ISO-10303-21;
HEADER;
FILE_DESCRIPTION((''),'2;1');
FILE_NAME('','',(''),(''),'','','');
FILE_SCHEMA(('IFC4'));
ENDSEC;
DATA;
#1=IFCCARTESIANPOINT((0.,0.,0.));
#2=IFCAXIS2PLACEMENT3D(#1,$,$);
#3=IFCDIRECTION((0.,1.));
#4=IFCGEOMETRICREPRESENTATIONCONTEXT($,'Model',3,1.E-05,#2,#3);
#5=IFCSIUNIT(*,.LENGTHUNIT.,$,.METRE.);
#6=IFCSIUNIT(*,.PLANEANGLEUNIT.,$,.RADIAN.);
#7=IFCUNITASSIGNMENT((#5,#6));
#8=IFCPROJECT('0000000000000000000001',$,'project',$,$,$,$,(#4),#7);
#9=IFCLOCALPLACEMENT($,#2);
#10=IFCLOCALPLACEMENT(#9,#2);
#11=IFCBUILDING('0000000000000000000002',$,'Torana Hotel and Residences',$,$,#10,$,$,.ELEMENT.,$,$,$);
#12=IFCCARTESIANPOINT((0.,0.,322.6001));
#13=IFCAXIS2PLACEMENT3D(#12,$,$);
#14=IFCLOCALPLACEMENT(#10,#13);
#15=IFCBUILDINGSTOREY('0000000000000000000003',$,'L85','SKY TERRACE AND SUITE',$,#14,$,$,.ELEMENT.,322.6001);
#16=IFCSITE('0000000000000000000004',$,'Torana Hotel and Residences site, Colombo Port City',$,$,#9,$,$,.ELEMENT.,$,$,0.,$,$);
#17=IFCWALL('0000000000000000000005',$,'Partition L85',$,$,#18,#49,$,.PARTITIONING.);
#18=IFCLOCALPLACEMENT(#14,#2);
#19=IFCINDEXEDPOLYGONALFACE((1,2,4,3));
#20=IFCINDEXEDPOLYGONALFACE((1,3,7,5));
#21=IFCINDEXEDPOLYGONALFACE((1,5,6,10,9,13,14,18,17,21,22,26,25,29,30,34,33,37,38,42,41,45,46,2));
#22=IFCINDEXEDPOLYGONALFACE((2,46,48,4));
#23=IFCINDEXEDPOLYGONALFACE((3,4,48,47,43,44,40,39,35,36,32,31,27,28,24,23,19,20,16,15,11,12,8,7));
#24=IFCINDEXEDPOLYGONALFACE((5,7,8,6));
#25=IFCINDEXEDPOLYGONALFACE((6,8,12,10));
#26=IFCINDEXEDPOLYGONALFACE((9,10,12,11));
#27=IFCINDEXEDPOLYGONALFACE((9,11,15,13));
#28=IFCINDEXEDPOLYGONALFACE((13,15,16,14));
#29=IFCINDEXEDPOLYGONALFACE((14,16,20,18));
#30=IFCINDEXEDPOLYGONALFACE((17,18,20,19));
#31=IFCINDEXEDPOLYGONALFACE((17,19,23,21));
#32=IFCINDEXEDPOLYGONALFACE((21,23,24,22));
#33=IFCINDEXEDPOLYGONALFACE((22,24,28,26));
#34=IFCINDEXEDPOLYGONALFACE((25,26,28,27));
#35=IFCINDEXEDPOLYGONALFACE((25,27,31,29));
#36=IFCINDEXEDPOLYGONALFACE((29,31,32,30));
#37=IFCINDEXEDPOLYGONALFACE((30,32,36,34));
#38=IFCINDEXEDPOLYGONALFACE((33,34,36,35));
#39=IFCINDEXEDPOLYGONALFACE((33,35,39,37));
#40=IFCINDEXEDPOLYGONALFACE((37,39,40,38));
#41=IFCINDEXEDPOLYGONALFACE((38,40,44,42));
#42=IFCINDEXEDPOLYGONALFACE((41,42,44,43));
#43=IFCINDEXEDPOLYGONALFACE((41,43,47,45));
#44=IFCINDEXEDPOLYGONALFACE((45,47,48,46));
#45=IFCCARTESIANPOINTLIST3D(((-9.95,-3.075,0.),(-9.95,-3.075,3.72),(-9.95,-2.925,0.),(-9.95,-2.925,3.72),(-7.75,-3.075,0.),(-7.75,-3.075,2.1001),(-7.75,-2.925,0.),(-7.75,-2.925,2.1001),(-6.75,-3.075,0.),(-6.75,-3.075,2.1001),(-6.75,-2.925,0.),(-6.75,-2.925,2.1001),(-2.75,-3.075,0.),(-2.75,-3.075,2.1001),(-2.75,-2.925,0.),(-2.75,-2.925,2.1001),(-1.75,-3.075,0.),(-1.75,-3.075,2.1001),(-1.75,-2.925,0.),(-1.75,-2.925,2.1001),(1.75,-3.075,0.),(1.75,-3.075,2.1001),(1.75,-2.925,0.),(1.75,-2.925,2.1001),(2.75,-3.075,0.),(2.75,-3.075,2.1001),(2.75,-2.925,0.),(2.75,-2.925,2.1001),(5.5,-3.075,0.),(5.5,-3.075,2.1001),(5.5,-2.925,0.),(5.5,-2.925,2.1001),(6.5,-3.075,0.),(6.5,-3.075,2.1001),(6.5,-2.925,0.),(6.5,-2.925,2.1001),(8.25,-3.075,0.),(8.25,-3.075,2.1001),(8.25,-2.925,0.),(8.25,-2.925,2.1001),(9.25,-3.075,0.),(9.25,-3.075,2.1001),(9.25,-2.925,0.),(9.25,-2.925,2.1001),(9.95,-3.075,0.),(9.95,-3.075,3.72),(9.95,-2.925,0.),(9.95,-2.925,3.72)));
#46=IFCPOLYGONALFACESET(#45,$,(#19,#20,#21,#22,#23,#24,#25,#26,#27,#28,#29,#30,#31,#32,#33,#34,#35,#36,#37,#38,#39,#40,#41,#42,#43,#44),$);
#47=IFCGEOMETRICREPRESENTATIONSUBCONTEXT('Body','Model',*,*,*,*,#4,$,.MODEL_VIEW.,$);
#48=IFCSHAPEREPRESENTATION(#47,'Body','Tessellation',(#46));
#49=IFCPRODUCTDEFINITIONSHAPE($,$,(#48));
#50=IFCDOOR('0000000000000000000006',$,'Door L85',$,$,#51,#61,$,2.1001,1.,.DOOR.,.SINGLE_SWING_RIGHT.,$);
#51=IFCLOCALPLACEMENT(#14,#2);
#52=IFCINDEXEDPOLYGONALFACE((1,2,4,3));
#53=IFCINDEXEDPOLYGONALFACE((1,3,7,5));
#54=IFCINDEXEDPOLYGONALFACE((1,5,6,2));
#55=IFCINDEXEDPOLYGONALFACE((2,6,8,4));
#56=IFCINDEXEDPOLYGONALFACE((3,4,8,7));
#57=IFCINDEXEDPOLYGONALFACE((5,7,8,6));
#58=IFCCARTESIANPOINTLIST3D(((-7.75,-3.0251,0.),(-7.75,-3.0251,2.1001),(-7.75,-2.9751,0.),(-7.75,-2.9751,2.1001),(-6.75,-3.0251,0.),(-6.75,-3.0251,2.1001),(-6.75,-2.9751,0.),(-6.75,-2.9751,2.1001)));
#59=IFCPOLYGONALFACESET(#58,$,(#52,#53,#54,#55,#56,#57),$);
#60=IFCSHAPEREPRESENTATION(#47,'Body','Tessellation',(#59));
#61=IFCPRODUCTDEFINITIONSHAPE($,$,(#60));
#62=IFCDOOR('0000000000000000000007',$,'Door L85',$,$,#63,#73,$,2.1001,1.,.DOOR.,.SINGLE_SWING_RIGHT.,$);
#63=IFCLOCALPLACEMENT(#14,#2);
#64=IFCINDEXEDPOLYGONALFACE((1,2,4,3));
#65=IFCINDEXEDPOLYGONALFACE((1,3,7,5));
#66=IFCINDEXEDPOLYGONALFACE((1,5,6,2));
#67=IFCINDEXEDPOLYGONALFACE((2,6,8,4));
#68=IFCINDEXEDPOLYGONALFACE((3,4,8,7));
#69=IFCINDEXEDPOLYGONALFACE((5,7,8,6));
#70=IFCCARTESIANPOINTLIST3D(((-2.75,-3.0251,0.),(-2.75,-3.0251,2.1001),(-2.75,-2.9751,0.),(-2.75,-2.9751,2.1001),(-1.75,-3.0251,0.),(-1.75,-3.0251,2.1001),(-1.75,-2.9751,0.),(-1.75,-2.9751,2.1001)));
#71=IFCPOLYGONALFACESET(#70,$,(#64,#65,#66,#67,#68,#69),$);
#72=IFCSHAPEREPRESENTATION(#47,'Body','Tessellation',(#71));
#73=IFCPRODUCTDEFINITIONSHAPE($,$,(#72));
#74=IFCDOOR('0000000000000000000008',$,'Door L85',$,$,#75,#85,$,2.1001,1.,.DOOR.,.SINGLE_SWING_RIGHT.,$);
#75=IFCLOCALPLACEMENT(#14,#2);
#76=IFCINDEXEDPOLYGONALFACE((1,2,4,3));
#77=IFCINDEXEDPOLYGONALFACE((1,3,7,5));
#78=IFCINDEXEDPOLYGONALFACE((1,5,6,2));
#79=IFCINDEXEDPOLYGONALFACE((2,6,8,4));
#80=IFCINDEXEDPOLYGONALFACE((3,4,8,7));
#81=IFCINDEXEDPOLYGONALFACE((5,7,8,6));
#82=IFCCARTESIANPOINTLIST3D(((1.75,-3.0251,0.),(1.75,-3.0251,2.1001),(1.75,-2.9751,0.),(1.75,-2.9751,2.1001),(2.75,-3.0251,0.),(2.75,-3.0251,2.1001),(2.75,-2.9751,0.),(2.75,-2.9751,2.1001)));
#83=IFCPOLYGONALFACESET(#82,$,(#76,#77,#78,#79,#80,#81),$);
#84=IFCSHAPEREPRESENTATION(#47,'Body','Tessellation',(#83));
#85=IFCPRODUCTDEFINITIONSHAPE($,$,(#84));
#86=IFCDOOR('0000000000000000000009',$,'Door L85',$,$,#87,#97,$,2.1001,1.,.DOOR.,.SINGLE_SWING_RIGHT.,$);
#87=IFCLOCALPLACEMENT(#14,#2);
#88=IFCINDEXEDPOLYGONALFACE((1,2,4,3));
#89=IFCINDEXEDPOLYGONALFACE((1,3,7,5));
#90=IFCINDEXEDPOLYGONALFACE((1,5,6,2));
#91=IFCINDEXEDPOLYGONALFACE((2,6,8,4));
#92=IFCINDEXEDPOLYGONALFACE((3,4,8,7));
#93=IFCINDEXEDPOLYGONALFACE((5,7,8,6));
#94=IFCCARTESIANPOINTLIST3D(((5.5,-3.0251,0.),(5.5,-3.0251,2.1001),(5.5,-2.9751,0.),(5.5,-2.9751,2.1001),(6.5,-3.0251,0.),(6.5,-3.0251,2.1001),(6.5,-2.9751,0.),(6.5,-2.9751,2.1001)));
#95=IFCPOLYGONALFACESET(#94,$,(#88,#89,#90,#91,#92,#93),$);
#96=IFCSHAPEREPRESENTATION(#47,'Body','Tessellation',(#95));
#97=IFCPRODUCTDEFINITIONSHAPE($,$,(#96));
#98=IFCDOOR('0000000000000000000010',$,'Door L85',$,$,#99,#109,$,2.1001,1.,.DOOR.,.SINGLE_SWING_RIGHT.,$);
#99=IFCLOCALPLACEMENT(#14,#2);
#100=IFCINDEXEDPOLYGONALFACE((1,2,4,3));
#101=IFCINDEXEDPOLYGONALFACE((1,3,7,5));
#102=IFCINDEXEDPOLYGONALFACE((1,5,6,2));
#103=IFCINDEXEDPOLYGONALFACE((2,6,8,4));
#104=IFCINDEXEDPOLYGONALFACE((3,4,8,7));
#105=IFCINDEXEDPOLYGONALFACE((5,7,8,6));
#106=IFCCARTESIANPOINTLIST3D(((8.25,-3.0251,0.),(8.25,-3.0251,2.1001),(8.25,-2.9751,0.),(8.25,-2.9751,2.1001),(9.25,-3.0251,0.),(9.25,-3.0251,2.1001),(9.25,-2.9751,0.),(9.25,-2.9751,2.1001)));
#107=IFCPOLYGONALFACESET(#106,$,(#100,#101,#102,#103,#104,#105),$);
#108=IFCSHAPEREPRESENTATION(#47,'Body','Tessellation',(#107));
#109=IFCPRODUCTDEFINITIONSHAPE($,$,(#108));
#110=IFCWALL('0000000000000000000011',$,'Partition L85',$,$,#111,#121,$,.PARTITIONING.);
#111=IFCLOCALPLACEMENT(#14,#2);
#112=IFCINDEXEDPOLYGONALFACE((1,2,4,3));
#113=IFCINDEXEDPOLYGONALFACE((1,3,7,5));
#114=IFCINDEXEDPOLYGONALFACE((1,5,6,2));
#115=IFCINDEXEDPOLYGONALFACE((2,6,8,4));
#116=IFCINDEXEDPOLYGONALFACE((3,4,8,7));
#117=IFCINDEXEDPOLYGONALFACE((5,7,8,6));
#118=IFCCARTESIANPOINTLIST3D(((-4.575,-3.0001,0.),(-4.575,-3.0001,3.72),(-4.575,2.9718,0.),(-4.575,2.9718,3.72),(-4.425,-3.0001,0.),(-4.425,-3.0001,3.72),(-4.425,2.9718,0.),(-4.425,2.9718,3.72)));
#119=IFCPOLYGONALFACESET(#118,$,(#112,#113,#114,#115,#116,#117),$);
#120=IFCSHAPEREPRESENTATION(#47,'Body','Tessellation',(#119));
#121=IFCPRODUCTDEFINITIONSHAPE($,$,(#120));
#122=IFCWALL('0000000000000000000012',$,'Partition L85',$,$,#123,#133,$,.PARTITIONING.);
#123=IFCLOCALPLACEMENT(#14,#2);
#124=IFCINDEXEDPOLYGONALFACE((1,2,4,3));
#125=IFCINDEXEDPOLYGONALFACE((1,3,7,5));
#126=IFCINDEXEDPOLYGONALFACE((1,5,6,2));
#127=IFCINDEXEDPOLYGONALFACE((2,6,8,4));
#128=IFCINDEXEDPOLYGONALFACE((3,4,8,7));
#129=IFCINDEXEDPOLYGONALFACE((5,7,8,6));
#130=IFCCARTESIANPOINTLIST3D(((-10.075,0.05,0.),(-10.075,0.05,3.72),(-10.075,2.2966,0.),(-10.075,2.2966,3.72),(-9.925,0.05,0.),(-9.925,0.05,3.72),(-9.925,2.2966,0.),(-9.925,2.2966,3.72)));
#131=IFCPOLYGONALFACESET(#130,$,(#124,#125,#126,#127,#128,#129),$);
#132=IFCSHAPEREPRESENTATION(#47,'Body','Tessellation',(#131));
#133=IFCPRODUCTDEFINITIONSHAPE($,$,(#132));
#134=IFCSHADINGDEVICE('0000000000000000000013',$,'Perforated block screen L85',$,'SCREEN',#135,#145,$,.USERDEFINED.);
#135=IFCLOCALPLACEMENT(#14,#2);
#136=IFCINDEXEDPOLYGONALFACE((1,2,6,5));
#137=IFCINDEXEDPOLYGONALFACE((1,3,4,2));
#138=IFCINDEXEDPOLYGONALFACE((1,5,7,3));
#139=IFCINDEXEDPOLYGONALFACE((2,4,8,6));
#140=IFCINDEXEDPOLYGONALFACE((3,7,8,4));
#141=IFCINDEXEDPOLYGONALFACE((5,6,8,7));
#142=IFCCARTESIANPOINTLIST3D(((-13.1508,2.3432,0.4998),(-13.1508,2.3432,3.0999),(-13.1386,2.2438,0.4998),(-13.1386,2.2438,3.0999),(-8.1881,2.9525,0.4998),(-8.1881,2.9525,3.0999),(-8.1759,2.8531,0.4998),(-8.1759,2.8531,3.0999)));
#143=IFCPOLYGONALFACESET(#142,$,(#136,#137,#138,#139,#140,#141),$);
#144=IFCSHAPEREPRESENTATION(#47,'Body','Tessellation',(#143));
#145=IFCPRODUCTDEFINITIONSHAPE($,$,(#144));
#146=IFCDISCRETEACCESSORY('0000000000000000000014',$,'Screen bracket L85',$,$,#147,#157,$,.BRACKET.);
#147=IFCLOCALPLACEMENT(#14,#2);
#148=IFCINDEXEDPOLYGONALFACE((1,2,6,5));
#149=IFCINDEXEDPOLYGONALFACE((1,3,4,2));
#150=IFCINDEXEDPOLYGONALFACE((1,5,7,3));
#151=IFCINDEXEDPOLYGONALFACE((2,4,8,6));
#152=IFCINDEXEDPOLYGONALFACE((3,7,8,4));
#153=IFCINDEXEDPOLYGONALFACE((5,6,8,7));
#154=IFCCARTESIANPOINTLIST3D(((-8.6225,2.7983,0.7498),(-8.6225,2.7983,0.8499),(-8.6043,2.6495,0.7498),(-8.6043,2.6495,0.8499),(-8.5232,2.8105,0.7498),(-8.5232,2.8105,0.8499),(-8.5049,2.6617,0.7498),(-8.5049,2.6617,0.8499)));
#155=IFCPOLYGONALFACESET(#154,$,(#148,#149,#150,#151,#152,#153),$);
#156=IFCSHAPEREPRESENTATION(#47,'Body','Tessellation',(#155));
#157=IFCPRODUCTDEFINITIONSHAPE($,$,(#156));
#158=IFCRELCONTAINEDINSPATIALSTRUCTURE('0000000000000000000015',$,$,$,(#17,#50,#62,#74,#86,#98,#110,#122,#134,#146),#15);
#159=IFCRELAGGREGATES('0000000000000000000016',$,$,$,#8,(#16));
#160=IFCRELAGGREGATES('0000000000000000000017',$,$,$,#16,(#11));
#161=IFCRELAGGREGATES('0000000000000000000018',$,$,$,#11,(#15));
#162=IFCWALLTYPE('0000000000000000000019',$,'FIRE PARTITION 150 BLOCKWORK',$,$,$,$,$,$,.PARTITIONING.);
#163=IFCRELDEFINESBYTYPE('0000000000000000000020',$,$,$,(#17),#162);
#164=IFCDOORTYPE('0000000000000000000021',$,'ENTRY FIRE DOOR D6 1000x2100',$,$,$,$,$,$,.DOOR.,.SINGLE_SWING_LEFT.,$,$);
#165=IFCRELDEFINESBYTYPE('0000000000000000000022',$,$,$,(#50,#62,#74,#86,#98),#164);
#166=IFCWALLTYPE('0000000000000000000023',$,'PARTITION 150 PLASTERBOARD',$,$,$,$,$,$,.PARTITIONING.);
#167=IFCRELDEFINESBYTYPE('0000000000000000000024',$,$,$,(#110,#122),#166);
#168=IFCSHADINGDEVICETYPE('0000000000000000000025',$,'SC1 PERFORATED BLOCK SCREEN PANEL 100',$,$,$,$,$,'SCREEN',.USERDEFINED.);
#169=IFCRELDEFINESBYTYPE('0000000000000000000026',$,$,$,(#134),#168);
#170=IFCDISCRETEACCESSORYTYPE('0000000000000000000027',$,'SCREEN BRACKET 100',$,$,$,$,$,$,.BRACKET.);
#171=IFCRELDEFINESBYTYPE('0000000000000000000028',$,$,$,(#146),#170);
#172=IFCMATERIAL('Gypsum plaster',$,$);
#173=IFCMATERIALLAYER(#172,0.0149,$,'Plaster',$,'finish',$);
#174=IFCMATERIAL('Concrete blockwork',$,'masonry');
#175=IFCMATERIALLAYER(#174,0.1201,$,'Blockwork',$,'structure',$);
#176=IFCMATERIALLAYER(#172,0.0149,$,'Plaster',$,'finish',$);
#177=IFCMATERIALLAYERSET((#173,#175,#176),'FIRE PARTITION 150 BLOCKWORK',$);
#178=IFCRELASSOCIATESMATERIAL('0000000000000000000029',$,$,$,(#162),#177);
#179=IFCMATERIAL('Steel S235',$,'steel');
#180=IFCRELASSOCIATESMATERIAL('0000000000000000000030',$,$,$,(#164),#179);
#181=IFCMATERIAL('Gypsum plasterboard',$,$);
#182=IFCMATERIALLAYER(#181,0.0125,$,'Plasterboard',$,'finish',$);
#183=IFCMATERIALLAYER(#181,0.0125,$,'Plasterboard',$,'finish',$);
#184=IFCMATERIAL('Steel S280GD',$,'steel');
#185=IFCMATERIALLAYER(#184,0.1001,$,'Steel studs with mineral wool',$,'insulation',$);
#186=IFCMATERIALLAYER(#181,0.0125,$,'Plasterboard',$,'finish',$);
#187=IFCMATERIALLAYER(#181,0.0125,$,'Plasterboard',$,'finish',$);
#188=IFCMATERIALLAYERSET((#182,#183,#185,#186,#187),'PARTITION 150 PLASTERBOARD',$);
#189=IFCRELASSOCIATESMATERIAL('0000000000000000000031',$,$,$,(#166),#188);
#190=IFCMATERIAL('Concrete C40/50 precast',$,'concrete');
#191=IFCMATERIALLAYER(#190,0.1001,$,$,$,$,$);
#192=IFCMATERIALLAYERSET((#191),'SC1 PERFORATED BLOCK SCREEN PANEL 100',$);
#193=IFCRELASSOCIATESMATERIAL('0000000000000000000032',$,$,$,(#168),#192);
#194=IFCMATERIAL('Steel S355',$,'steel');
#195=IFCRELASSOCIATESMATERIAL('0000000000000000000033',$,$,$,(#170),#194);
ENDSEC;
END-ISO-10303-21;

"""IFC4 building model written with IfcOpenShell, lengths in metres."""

from ifc_helpers import new_model, si_unit, direction, frame, frame_2d, origin, origin_2d, place, context, subcontext, project, spatial, rectangle, extrude, material, layer, layer_set, type_object, element, fill, save


model = new_model("IFC4")

# Units and contexts
model_context = context("Model", 3, precision=1e-05, world=origin(), true_north=direction((0.0, 1.0)))
body_context = subcontext(model_context, "Body", "Model", "MODEL_VIEW")
ifc_project = project(units=[si_unit("LENGTHUNIT", "METRE"), si_unit("PLANEANGLEUNIT", "RADIAN")], contexts=[model_context])

# Site, building, storey
site_placement = place(None, origin())
site = spatial("IfcSite", under=ifc_project, at=site_placement, Name="Torana Hotel and Residences site, Colombo Port City", CompositionType="ELEMENT", RefElevation=0.0)
building_placement = place(site_placement, origin())
building = spatial("IfcBuilding", under=site, at=building_placement, Name="Torana Hotel and Residences", CompositionType="ELEMENT")
storey_placement = place(building_placement, frame((0.0, 0.0, 322.6001)))
storey = spatial("IfcBuildingStorey", under=building, at=storey_placement, Name="L85", Description="SKY TERRACE AND SUITE", CompositionType="ELEMENT", Elevation=322.6001)

# Wall, openings, doors
ifc_material_1 = material(Name="Gypsum plaster")
ifc_layer_1 = layer(ifc_material_1, 0.0149, Name="Plaster", Category="finish")
ifc_material_2 = material(Name="Concrete blockwork", Category="masonry")
ifc_layer_2 = layer(ifc_material_2, 0.1201, Name="Blockwork", Category="structure")
ifc_layer_3 = layer(ifc_material_1, 0.0149, Name="Plaster", Category="finish")
ifc_layer_set_1 = layer_set([ifc_layer_1, ifc_layer_2, ifc_layer_3], Name="FIRE PARTITION 150 BLOCKWORK")
wall_type_1 = type_object("IfcWallType", Name="FIRE PARTITION 150 BLOCKWORK", PredefinedType="PARTITIONING", material=ifc_layer_set_1)
ifc_material_3 = material(Name="Steel S235", Category="steel")
door_type = type_object("IfcDoorType", Name="ENTRY FIRE DOOR D6 1000x2100", OperationType="SINGLE_SWING_LEFT", PredefinedType="DOOR", material=ifc_material_3)
wall_1_placement = place(storey_placement, frame((-9.95, -3.0, 0.0), z_axis=(0.0, 0.0, 1.0), x_axis=(1.0, 0.0, 0.0)))
wall_1 = element("IfcWall", 1, at=wall_1_placement, inside=storey, type_object=wall_type_1, Name="Partition L85", PredefinedType="PARTITIONING", context=body_context, shape_type="SweptSolid", body=[
    extrude(rectangle(XDim=19.8999, YDim=0.1499, at=frame_2d((9.95, 0.0))), origin(), (0.0, 0.0, 1.0), 3.72),
])
opening_1_placement = place(wall_1_placement, frame((2.2, 0.0, 0.0)))
opening_1 = element("IfcOpeningElement", 2, at=opening_1_placement, cuts=wall_1, PredefinedType="OPENING", context=body_context, shape_type="SweptSolid", body=[
    extrude(rectangle(XDim=1.0, YDim=2.1001, at=frame_2d((0.5, 1.05))), frame((0.0, 0.085, 0.0), z_axis=(0.0, -1.0, 0.0), x_axis=(1.0, 0.0, 0.0)), (0.0, 0.0, 1.0), 0.1699),
])
opening_2_placement = place(wall_1_placement, frame((7.2, 0.0, 0.0)))
opening_2 = element("IfcOpeningElement", 3, at=opening_2_placement, cuts=wall_1, PredefinedType="OPENING", context=body_context, shape_type="SweptSolid", body=[
    extrude(rectangle(XDim=1.0, YDim=2.1001, at=frame_2d((0.5, 1.05))), frame((0.0, 0.085, 0.0), z_axis=(0.0, -1.0, 0.0), x_axis=(1.0, 0.0, 0.0)), (0.0, 0.0, 1.0), 0.1699),
])
opening_3_placement = place(wall_1_placement, frame((11.7, 0.0, 0.0)))
opening_3 = element("IfcOpeningElement", 4, at=opening_3_placement, cuts=wall_1, PredefinedType="OPENING", context=body_context, shape_type="SweptSolid", body=[
    extrude(rectangle(XDim=1.0, YDim=2.1001, at=frame_2d((0.5, 1.05))), frame((0.0, 0.085, 0.0), z_axis=(0.0, -1.0, 0.0), x_axis=(1.0, 0.0, 0.0)), (0.0, 0.0, 1.0), 0.1699),
])
opening_4_placement = place(wall_1_placement, frame((15.45, 0.0, 0.0)))
opening_4 = element("IfcOpeningElement", 5, at=opening_4_placement, cuts=wall_1, PredefinedType="OPENING", context=body_context, shape_type="SweptSolid", body=[
    extrude(rectangle(XDim=1.0, YDim=2.1001, at=frame_2d((0.5, 1.05))), frame((0.0, 0.085, 0.0), z_axis=(0.0, -1.0, 0.0), x_axis=(1.0, 0.0, 0.0)), (0.0, 0.0, 1.0), 0.1699),
])
opening_5_placement = place(wall_1_placement, frame((18.2, 0.0, 0.0)))
opening_5 = element("IfcOpeningElement", 6, at=opening_5_placement, cuts=wall_1, PredefinedType="OPENING", context=body_context, shape_type="SweptSolid", body=[
    extrude(rectangle(XDim=1.0, YDim=2.1001, at=frame_2d((0.5, 1.05))), frame((0.0, 0.085, 0.0), z_axis=(0.0, -1.0, 0.0), x_axis=(1.0, 0.0, 0.0)), (0.0, 0.0, 1.0), 0.1699),
])
door_1_placement = place(opening_1_placement, origin())
door_1 = element("IfcDoor", 7, at=door_1_placement, inside=storey, type_object=door_type, Name="Door L85", OperationType="SINGLE_SWING_RIGHT", OverallHeight=2.1001, OverallWidth=1.0, PredefinedType="DOOR", context=body_context, shape_type="SweptSolid", body=[
    extrude(rectangle(XDim=1.0, YDim=2.1001, at=frame_2d((0.5, 1.05))), frame((0.0, 0.0249, 0.0), z_axis=(0.0, -1.0, 0.0), x_axis=(1.0, 0.0, 0.0)), (0.0, 0.0, 1.0), 0.05),
])
fill(opening_1, door_1)
door_2_placement = place(opening_2_placement, origin())
door_2 = element("IfcDoor", 8, at=door_2_placement, inside=storey, type_object=door_type, Name="Door L85", OperationType="SINGLE_SWING_RIGHT", OverallHeight=2.1001, OverallWidth=1.0, PredefinedType="DOOR", context=body_context, shape_type="SweptSolid", body=[
    extrude(rectangle(XDim=1.0, YDim=2.1001, at=frame_2d((0.5, 1.05))), frame((0.0, 0.0249, 0.0), z_axis=(0.0, -1.0, 0.0), x_axis=(1.0, 0.0, 0.0)), (0.0, 0.0, 1.0), 0.05),
])
fill(opening_2, door_2)
door_3_placement = place(opening_3_placement, origin())
door_3 = element("IfcDoor", 9, at=door_3_placement, inside=storey, type_object=door_type, Name="Door L85", OperationType="SINGLE_SWING_RIGHT", OverallHeight=2.1001, OverallWidth=1.0, PredefinedType="DOOR", context=body_context, shape_type="SweptSolid", body=[
    extrude(rectangle(XDim=1.0, YDim=2.1001, at=frame_2d((0.5, 1.05))), frame((0.0, 0.0249, 0.0), z_axis=(0.0, -1.0, 0.0), x_axis=(1.0, 0.0, 0.0)), (0.0, 0.0, 1.0), 0.05),
])
fill(opening_3, door_3)
door_4_placement = place(opening_4_placement, origin())
door_4 = element("IfcDoor", 10, at=door_4_placement, inside=storey, type_object=door_type, Name="Door L85", OperationType="SINGLE_SWING_RIGHT", OverallHeight=2.1001, OverallWidth=1.0, PredefinedType="DOOR", context=body_context, shape_type="SweptSolid", body=[
    extrude(rectangle(XDim=1.0, YDim=2.1001, at=frame_2d((0.5, 1.05))), frame((0.0, 0.0249, 0.0), z_axis=(0.0, -1.0, 0.0), x_axis=(1.0, 0.0, 0.0)), (0.0, 0.0, 1.0), 0.05),
])
fill(opening_4, door_4)
door_5_placement = place(opening_5_placement, origin())
door_5 = element("IfcDoor", 11, at=door_5_placement, inside=storey, type_object=door_type, Name="Door L85", OperationType="SINGLE_SWING_RIGHT", OverallHeight=2.1001, OverallWidth=1.0, PredefinedType="DOOR", context=body_context, shape_type="SweptSolid", body=[
    extrude(rectangle(XDim=1.0, YDim=2.1001, at=frame_2d((0.5, 1.05))), frame((0.0, 0.0249, 0.0), z_axis=(0.0, -1.0, 0.0), x_axis=(1.0, 0.0, 0.0)), (0.0, 0.0, 1.0), 0.05),
])
fill(opening_5, door_5)

# Walls
ifc_material_4 = material(Name="Gypsum plasterboard")
ifc_layer_4 = layer(ifc_material_4, 0.0125, Name="Plasterboard", Category="finish")
ifc_layer_5 = layer(ifc_material_4, 0.0125, Name="Plasterboard", Category="finish")
ifc_material_5 = material(Name="Steel S280GD", Category="steel")
ifc_layer_6 = layer(ifc_material_5, 0.1001, Name="Steel studs with mineral wool", Category="insulation")
ifc_layer_7 = layer(ifc_material_4, 0.0125, Name="Plasterboard", Category="finish")
ifc_layer_8 = layer(ifc_material_4, 0.0125, Name="Plasterboard", Category="finish")
ifc_layer_set_2 = layer_set([ifc_layer_4, ifc_layer_5, ifc_layer_6, ifc_layer_7, ifc_layer_8], Name="PARTITION 150 PLASTERBOARD")
wall_type_2 = type_object("IfcWallType", Name="PARTITION 150 PLASTERBOARD", PredefinedType="PARTITIONING", material=ifc_layer_set_2)
wall_2_placement = place(storey_placement, frame((-4.5, -3.0, 0.0), z_axis=(0.0, 0.0, 1.0), x_axis=(0.0, 1.0, 0.0)))
element("IfcWall", 12, at=wall_2_placement, inside=storey, type_object=wall_type_2, Name="Partition L85", PredefinedType="PARTITIONING", context=body_context, shape_type="SweptSolid", body=[
    extrude(rectangle(XDim=5.9719, YDim=0.1499, at=frame_2d((2.9858, 0.0))), origin(), (0.0, 0.0, 1.0), 3.72),
])
wall_3_placement = place(storey_placement, frame((-10.0, 0.05, 0.0), z_axis=(0.0, 0.0, 1.0), x_axis=(0.0, 1.0, 0.0)))
element("IfcWall", 13, at=wall_3_placement, inside=storey, type_object=wall_type_2, Name="Partition L85", PredefinedType="PARTITIONING", context=body_context, shape_type="SweptSolid", body=[
    extrude(rectangle(XDim=2.2466, YDim=0.1499, at=frame_2d((1.1233, 0.0))), origin(), (0.0, 0.0, 1.0), 3.72),
])

# Shading device
ifc_material_6 = material(Name="Concrete C40/50 precast", Category="concrete")
ifc_layer_9 = layer(ifc_material_6, 0.1001)
ifc_layer_set_3 = layer_set([ifc_layer_9], Name="SC1 PERFORATED BLOCK SCREEN PANEL 100")
shading_device_type = type_object("IfcShadingDeviceType", Name="SC1 PERFORATED BLOCK SCREEN PANEL 100", ElementType="SCREEN", PredefinedType="USERDEFINED", material=ifc_layer_set_3)
shading_device_placement = place(storey_placement, frame((-10.6633, 2.5981, 0.4998), z_axis=(0.0, 0.0, 1.0), x_axis=(-0.992547, -0.121866, 0.0)))
element("IfcShadingDevice", 14, at=shading_device_placement, inside=storey, type_object=shading_device_type, Name="Perforated block screen L85", ObjectType="SCREEN", PredefinedType="USERDEFINED", context=body_context, shape_type="SweptSolid", body=[
    extrude(rectangle(XDim=5.0, YDim=0.1001, at=origin_2d()), origin(), (0.0, 0.0, 1.0), 2.6001),
])

# Discrete accessory
ifc_material_7 = material(Name="Steel S355", Category="steel")
discrete_accessory_type = type_object("IfcDiscreteAccessoryType", Name="SCREEN BRACKET 100", PredefinedType="BRACKET", material=ifc_material_7)
for number, where, z_axis, x_axis, name in (
    (15, (-8.5637, 2.73, 0.7498), (0.0, 0.0, 1.0), (-0.992547, -0.121866, 0.0), "Screen bracket L85"),
):
    element("IfcDiscreteAccessory", number, at=place(storey_placement, frame(where, z_axis=z_axis, x_axis=x_axis)), inside=storey, type_object=discrete_accessory_type, Name=name, PredefinedType="BRACKET", context=body_context, shape_type="SweptSolid", body=[
        extrude(rectangle(XDim=0.1001, YDim=0.1499, at=origin_2d()), origin(), (0.0, 0.0, 1.0), 0.1001),
    ])

save(model, "model.ifc")
